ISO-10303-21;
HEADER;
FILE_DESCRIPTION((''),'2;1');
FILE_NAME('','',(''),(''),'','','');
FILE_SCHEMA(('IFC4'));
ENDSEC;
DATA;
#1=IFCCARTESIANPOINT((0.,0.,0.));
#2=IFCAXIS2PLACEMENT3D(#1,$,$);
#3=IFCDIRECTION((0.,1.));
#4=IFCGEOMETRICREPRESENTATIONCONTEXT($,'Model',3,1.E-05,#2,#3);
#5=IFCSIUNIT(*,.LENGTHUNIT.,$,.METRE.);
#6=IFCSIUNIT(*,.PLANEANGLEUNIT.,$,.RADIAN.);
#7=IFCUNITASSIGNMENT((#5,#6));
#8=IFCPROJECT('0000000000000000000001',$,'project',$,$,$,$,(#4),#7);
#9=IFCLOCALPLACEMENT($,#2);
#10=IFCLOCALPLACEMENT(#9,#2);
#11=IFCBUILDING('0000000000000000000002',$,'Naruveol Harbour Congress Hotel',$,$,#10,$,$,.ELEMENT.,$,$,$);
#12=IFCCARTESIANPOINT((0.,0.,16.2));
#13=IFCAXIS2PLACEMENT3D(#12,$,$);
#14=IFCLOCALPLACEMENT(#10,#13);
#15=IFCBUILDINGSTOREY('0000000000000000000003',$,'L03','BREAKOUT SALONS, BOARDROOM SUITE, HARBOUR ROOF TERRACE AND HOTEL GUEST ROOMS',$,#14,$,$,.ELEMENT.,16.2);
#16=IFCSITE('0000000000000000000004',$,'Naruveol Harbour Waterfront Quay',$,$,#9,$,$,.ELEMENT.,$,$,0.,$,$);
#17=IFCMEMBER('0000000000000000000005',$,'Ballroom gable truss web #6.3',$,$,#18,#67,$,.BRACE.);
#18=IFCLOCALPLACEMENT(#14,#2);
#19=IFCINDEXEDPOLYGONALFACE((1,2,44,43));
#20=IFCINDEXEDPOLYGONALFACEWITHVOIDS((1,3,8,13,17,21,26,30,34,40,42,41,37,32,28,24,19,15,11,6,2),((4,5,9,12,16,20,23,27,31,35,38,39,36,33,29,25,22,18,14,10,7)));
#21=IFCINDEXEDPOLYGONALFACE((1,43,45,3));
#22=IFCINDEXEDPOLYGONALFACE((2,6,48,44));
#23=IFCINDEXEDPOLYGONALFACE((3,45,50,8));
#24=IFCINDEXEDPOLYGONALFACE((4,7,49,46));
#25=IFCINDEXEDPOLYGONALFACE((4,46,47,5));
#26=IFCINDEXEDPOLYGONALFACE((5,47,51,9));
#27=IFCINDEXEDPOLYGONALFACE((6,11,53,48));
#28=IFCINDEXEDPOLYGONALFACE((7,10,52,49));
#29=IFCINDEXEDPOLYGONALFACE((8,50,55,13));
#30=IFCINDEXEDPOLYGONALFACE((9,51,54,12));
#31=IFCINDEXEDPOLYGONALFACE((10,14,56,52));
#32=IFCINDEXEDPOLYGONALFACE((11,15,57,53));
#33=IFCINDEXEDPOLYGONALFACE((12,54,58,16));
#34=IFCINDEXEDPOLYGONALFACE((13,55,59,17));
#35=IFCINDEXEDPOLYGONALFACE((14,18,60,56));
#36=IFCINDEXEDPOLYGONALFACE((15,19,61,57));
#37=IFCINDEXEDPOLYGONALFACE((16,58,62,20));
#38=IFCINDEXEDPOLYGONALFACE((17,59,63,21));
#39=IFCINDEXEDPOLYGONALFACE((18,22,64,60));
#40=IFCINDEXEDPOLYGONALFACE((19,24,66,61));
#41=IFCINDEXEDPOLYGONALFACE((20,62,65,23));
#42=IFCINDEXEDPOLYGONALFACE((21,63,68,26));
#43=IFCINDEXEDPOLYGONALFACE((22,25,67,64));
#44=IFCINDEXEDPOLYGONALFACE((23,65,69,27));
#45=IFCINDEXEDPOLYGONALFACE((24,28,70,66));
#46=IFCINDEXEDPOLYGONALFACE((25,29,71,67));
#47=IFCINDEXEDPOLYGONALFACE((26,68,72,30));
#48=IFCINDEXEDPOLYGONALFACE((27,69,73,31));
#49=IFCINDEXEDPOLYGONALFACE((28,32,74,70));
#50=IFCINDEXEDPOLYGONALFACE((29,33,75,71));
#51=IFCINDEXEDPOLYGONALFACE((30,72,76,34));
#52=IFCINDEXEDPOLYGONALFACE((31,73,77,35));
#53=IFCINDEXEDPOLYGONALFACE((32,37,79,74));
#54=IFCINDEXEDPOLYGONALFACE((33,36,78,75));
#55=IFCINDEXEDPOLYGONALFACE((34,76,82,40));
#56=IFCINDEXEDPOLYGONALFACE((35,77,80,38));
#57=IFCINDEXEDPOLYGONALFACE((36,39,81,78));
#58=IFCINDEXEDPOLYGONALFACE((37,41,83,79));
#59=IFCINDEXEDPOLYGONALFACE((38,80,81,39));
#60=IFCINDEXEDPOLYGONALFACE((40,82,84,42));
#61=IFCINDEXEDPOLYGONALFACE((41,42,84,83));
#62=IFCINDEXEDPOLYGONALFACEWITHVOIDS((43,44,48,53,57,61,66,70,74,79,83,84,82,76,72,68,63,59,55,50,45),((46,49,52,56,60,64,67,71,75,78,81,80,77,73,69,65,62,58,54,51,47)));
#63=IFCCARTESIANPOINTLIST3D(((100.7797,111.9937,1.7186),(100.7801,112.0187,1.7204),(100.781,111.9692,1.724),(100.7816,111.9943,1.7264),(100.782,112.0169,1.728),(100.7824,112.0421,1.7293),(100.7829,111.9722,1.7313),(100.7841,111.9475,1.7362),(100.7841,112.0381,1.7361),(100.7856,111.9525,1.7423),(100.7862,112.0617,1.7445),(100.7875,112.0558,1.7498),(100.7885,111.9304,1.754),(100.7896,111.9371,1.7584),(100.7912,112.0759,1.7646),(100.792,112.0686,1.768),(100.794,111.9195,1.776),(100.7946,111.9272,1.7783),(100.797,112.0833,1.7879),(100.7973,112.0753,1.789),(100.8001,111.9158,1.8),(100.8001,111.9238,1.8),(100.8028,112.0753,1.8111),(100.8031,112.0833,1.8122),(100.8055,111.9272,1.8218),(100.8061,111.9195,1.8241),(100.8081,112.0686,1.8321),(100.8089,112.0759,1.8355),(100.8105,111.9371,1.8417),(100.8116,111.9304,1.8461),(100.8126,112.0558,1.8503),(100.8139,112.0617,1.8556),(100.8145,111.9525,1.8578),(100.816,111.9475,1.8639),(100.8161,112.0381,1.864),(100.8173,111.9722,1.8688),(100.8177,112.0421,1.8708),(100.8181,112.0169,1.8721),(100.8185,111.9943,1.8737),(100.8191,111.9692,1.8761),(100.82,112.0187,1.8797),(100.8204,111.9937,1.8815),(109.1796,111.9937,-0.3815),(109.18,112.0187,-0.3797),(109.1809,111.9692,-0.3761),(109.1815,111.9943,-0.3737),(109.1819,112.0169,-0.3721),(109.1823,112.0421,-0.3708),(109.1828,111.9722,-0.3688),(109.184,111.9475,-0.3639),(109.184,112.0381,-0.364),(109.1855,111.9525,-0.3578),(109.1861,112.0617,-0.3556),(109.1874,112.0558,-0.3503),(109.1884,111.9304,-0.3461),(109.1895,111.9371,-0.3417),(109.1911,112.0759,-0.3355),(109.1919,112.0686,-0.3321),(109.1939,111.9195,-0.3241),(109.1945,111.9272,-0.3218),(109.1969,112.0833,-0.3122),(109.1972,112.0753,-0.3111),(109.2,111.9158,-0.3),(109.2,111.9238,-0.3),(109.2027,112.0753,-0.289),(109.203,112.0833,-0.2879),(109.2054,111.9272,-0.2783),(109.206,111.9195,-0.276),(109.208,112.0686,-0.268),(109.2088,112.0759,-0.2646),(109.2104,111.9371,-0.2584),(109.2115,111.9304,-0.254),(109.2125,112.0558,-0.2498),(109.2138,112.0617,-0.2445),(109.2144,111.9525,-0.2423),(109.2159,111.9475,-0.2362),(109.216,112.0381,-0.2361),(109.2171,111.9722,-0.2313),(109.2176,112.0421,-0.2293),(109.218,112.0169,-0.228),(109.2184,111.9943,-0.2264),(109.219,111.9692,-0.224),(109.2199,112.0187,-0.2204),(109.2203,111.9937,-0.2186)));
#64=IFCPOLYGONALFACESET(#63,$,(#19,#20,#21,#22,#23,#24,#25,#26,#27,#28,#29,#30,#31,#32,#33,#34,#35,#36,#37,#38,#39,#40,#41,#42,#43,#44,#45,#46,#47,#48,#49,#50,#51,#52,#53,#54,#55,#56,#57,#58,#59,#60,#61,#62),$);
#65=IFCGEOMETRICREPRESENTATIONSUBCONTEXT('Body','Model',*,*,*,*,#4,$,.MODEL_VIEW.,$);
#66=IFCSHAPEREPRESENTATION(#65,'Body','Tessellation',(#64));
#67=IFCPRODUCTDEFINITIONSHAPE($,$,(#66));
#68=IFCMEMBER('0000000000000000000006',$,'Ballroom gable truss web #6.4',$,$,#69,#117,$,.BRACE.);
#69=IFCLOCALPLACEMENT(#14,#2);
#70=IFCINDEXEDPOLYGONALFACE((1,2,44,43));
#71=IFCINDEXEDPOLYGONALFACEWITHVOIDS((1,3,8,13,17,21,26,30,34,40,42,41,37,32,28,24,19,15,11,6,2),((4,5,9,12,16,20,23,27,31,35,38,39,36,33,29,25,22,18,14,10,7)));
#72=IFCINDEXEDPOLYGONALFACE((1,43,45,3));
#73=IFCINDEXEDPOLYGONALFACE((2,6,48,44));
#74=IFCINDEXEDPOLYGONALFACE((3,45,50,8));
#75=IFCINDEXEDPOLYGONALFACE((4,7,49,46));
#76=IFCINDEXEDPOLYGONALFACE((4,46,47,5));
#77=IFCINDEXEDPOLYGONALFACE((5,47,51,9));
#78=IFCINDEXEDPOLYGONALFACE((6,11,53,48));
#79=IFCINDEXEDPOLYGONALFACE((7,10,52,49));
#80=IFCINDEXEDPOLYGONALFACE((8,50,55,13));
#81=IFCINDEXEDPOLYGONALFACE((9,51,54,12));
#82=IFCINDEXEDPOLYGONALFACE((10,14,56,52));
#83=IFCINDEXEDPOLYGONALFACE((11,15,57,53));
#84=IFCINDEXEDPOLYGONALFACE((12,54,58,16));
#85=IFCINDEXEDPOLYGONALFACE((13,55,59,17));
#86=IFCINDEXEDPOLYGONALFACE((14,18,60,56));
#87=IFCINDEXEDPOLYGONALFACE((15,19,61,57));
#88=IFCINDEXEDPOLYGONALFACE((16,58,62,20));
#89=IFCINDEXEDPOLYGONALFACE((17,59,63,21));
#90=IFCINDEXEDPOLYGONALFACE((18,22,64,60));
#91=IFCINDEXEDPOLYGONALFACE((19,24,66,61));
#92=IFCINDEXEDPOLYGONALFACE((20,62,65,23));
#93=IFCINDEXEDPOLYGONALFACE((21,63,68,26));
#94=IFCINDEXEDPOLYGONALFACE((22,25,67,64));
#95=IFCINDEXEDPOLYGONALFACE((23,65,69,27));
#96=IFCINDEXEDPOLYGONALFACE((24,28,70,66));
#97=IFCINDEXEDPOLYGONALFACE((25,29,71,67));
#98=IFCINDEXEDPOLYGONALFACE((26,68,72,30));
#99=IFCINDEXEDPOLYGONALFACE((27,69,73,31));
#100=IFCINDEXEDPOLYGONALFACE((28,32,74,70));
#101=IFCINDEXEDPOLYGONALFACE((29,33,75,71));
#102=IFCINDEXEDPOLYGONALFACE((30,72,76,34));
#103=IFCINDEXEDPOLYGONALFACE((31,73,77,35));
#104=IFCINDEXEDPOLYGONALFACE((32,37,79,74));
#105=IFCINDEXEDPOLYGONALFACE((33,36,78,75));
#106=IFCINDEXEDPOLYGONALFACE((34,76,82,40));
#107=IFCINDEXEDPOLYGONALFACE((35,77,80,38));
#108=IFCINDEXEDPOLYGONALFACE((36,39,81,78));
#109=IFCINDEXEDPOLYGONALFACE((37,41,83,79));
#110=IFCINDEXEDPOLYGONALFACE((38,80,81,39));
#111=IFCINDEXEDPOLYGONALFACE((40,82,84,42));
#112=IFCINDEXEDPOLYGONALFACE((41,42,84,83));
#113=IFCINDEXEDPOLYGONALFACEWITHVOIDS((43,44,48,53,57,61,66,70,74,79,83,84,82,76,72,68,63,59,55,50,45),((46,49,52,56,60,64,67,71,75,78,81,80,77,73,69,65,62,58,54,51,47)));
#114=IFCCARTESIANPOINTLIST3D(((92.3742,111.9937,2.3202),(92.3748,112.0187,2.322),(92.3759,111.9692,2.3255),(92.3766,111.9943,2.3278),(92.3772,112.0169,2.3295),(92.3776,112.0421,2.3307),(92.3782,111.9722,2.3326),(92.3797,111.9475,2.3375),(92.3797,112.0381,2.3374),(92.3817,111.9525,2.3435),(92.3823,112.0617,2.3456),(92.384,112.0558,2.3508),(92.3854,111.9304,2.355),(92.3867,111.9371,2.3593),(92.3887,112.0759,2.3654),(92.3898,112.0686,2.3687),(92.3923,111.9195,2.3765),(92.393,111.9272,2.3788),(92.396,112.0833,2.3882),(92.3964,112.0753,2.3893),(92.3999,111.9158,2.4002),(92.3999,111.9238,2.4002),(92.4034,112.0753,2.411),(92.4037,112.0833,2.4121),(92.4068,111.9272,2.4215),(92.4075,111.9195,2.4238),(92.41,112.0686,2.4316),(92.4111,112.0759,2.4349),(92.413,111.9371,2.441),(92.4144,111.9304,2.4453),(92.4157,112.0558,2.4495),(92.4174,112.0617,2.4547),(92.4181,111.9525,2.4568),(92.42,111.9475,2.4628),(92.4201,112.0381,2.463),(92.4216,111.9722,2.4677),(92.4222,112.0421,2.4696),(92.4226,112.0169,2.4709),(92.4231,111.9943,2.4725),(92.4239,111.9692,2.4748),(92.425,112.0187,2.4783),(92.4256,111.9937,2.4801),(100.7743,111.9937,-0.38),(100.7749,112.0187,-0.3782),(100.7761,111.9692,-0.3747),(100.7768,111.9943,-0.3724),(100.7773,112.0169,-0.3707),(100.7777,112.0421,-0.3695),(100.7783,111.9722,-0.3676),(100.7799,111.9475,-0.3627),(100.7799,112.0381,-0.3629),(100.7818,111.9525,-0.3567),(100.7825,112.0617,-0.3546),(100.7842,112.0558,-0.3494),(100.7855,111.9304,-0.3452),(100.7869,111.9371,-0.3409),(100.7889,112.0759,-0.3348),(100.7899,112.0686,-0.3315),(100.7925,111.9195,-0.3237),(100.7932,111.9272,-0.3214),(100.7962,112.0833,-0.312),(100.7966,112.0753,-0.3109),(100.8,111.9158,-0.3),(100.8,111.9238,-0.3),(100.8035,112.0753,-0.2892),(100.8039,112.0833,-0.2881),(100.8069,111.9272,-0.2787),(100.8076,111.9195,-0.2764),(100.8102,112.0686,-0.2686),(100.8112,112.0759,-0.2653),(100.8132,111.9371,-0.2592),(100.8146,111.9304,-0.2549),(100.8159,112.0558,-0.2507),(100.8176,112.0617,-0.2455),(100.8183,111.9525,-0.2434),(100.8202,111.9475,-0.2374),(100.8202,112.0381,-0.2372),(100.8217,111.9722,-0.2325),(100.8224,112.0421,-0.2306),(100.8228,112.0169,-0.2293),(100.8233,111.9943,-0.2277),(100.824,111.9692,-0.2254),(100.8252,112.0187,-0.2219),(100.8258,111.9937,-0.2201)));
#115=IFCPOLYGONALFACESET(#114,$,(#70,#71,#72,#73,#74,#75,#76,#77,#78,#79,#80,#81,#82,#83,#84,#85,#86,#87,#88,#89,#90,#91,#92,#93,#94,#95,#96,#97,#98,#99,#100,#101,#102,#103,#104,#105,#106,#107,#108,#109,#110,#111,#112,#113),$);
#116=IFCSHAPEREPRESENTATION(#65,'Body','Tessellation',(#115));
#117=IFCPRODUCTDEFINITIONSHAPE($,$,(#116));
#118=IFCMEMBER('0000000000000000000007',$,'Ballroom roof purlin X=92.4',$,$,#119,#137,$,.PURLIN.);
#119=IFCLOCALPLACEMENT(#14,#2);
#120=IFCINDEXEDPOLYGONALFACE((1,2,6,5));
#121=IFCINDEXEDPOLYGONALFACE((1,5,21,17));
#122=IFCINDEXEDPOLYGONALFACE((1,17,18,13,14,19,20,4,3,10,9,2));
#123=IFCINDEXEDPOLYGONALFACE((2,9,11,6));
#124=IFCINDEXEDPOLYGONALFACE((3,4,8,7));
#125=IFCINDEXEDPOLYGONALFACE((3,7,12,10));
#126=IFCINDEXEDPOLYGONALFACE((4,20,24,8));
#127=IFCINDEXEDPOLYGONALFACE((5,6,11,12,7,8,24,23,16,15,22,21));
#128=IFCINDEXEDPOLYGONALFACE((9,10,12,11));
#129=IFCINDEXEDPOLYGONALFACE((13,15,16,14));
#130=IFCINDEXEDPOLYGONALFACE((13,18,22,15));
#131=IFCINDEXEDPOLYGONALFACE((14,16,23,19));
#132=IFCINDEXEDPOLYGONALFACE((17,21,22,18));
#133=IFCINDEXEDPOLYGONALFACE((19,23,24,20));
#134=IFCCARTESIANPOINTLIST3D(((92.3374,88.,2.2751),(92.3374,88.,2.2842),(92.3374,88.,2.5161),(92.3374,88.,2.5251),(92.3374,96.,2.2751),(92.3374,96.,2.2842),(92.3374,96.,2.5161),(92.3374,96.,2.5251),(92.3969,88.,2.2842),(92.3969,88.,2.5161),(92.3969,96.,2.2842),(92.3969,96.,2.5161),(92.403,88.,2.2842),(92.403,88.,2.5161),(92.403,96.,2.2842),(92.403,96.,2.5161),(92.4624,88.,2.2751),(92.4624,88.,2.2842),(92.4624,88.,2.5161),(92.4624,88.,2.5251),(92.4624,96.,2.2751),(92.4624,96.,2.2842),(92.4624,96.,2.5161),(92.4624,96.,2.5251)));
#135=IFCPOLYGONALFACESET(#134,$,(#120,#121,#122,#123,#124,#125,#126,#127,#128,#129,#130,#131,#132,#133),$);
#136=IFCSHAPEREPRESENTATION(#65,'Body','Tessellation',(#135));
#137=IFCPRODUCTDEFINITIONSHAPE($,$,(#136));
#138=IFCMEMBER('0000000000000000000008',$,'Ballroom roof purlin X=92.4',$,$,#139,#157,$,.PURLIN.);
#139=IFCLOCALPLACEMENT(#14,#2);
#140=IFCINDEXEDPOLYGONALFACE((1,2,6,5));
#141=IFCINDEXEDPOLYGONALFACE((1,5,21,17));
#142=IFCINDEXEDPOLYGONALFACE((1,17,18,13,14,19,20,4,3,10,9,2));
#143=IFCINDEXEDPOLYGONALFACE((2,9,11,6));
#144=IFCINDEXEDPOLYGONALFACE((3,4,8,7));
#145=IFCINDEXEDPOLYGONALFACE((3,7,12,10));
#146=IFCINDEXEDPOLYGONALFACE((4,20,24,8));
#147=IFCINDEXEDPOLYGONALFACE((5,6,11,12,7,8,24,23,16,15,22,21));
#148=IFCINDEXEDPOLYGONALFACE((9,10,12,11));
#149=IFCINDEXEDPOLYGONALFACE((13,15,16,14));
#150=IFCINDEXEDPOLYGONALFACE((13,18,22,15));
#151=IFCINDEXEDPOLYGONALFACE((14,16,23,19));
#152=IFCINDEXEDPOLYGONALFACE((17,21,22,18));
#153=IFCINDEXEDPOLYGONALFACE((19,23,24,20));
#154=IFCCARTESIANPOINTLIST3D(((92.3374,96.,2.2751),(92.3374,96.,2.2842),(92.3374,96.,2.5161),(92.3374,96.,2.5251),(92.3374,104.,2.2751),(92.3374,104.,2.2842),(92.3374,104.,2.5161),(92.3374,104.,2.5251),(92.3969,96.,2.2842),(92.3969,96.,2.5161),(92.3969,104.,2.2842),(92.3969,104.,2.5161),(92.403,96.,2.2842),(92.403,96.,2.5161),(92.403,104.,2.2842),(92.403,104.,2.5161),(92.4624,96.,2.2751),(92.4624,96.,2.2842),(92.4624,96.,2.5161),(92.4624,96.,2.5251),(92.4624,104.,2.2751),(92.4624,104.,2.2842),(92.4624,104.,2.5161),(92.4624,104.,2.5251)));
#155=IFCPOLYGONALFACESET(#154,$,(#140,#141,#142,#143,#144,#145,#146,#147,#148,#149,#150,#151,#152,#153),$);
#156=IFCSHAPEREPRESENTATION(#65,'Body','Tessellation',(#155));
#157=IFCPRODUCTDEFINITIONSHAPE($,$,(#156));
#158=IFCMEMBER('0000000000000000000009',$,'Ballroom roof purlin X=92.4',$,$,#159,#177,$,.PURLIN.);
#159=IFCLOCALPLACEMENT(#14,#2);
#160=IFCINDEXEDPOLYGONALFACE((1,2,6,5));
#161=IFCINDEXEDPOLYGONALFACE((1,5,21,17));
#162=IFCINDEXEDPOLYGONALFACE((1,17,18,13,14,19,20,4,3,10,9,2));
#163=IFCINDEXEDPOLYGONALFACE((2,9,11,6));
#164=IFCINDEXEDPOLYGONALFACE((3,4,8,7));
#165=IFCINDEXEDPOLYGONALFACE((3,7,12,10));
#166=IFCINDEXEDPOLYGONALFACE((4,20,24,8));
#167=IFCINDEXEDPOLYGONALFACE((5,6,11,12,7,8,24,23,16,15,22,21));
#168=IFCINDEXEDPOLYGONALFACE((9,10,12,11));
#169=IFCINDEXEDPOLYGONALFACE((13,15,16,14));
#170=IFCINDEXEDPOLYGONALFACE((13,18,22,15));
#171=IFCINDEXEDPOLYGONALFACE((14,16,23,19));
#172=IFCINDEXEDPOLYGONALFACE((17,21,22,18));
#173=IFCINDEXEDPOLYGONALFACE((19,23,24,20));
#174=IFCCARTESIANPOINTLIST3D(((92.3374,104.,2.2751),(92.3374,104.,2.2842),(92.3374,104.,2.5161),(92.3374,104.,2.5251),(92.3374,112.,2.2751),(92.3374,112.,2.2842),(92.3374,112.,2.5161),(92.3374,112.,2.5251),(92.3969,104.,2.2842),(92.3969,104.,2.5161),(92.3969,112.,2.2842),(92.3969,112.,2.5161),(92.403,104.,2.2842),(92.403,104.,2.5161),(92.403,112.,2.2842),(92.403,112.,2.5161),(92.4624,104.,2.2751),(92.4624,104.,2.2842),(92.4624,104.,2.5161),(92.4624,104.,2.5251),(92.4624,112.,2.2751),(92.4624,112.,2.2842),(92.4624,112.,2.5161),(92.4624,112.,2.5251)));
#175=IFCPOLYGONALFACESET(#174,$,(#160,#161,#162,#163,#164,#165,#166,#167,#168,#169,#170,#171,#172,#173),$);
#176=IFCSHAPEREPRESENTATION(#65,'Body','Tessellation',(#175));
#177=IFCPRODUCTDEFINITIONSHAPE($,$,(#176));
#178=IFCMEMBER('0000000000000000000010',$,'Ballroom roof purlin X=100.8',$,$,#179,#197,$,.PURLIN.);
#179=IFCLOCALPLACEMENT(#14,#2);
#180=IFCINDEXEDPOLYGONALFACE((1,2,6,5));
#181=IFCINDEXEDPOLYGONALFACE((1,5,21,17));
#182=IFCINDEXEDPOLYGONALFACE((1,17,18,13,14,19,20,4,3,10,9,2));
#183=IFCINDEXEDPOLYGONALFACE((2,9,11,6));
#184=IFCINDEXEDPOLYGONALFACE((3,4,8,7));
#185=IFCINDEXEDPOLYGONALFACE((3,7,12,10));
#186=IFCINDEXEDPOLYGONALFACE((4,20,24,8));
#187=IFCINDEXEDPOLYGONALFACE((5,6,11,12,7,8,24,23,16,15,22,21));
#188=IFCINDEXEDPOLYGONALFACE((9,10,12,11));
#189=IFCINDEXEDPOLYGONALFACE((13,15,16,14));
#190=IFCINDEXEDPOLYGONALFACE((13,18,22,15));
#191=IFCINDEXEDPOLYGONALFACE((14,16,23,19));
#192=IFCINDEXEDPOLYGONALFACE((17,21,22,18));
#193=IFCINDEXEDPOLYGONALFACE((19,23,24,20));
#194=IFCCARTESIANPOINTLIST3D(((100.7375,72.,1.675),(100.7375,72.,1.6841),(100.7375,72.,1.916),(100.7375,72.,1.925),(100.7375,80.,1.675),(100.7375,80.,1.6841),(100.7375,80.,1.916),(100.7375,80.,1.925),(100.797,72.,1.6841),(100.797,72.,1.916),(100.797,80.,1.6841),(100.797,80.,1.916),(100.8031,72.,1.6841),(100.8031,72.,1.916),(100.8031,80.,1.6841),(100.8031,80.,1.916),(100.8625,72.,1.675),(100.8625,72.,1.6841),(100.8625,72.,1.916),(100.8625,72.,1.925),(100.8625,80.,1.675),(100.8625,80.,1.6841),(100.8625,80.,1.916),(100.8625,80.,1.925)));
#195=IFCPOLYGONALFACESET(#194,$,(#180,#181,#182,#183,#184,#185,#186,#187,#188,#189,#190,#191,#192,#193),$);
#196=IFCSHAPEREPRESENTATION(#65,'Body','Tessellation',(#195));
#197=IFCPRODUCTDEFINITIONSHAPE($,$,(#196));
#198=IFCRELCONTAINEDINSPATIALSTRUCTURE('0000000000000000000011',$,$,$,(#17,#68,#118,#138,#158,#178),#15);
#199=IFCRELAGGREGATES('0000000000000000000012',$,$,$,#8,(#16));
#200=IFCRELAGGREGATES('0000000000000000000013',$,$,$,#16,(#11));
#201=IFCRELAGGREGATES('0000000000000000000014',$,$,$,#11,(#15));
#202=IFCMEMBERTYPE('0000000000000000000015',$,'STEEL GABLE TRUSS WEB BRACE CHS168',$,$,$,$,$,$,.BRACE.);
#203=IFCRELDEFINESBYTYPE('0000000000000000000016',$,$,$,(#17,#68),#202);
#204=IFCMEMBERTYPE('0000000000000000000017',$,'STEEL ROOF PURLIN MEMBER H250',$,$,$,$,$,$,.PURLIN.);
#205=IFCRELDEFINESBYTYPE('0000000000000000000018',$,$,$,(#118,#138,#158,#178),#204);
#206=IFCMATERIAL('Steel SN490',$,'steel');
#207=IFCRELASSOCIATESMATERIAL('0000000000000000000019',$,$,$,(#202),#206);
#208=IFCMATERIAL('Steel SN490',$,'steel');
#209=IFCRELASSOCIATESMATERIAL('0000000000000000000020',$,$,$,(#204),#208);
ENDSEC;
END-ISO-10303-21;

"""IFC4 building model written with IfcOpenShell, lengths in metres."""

from ifc_helpers import new_model, si_unit, direction, frame, origin, origin_2d, place, context, subcontext, project, spatial, hollow_circle, i_section, extrude, material, material_profile, profile_set, type_object, element, save


model = new_model("IFC4")

# Units and contexts
model_context = context("Model", 3, precision=1e-05, world=origin(), true_north=direction((0.0, 1.0)))
body_context = subcontext(model_context, "Body", "Model", "MODEL_VIEW")
ifc_project = project(units=[si_unit("LENGTHUNIT", "METRE"), si_unit("PLANEANGLEUNIT", "RADIAN")], contexts=[model_context])

# Site, building, storey
site_placement = place(None, origin())
site = spatial("IfcSite", under=ifc_project, at=site_placement, Name="Naruveol Harbour Waterfront Quay", CompositionType="ELEMENT", RefElevation=0.0)
building_placement = place(site_placement, origin())
building = spatial("IfcBuilding", under=site, at=building_placement, Name="Naruveol Harbour Congress Hotel", CompositionType="ELEMENT")
storey_placement = place(building_placement, frame((0.0, 0.0, 16.2)))
storey = spatial("IfcBuildingStorey", under=building, at=storey_placement, Name="L03", Description="BREAKOUT SALONS, BOARDROOM SUITE, HARBOUR ROOF TERRACE AND HOTEL GUEST ROOMS", CompositionType="ELEMENT", Elevation=16.2)

# Members
ifc_material_1 = material(Name="Steel SN490", Category="steel")
ifc_material_profile_1 = material_profile(ifc_material_1, hollow_circle(Radius=0.0842, WallThickness=0.0081, at=origin_2d()), Name="CHS-168.3x8")
ifc_profile_set_1 = profile_set([ifc_material_profile_1], Name="Steel SN490")
member_type_1 = type_object("IfcMemberType", Name="STEEL GABLE TRUSS WEB BRACE CHS168", PredefinedType="BRACE", material=ifc_profile_set_1)
member_1_placement = place(storey_placement, frame((109.2, 112.0, -0.3), z_axis=(-0.970139, 0.0, 0.242549), x_axis=(0.0, -1.0, 0.0)))
element("IfcMember", 1, at=member_1_placement, inside=storey, type_object=member_type_1, Name="Ballroom gable truss web #6.3", PredefinedType="BRACE", context=body_context, shape_type="SweptSolid", body=[
    extrude(hollow_circle(Radius=0.0842, WallThickness=0.0081, at=origin_2d()), origin(), (0.0, 0.0, 1.0), 8.6584),
])
member_2_placement = place(storey_placement, frame((100.8, 112.0, -0.3), z_axis=(-0.952024, 0.0, 0.306024), x_axis=(0.0, -1.0, 0.0)))
element("IfcMember", 2, at=member_2_placement, inside=storey, type_object=member_type_1, Name="Ballroom gable truss web #6.4", PredefinedType="BRACE", context=body_context, shape_type="SweptSolid", body=[
    extrude(hollow_circle(Radius=0.0842, WallThickness=0.0081, at=origin_2d()), origin(), (0.0, 0.0, 1.0), 8.8235),
])
ifc_material_2 = material(Name="Steel SN490", Category="steel")
ifc_material_profile_2 = material_profile(ifc_material_2, i_section(OverallWidth=0.125, OverallDepth=0.25, WebThickness=0.0061, FlangeThickness=0.009, at=origin_2d()), Name="H-250x125x6x9")
ifc_profile_set_2 = profile_set([ifc_material_profile_2], Name="Steel SN490")
member_type_2 = type_object("IfcMemberType", Name="STEEL ROOF PURLIN MEMBER H250", PredefinedType="PURLIN", material=ifc_profile_set_2)
for number, where, z_axis, x_axis, name in (
    (3, (92.3999, 88.0, 2.4001), (0.0, 1.0, 0.0), (-1.0, 0.0, 0.0), "Ballroom roof purlin X=92.4"),
    (4, (92.3999, 96.0, 2.4001), (0.0, 1.0, 0.0), (-1.0, 0.0, 0.0), "Ballroom roof purlin X=92.4"),
    (5, (92.3999, 104.0, 2.4001), (0.0, 1.0, 0.0), (-1.0, 0.0, 0.0), "Ballroom roof purlin X=92.4"),
    (6, (100.8, 72.0, 1.8), (0.0, 1.0, 0.0), (-1.0, 0.0, 0.0), "Ballroom roof purlin X=100.8"),
):
    element("IfcMember", number, at=place(storey_placement, frame(where, z_axis=z_axis, x_axis=x_axis)), inside=storey, type_object=member_type_2, Name=name, PredefinedType="PURLIN", context=body_context, shape_type="SweptSolid", body=[
        extrude(i_section(OverallWidth=0.125, OverallDepth=0.25, WebThickness=0.0061, FlangeThickness=0.009, at=origin_2d()), origin(), (0.0, 0.0, 1.0), 8.0),
    ])

save(model, "model.ifc")
